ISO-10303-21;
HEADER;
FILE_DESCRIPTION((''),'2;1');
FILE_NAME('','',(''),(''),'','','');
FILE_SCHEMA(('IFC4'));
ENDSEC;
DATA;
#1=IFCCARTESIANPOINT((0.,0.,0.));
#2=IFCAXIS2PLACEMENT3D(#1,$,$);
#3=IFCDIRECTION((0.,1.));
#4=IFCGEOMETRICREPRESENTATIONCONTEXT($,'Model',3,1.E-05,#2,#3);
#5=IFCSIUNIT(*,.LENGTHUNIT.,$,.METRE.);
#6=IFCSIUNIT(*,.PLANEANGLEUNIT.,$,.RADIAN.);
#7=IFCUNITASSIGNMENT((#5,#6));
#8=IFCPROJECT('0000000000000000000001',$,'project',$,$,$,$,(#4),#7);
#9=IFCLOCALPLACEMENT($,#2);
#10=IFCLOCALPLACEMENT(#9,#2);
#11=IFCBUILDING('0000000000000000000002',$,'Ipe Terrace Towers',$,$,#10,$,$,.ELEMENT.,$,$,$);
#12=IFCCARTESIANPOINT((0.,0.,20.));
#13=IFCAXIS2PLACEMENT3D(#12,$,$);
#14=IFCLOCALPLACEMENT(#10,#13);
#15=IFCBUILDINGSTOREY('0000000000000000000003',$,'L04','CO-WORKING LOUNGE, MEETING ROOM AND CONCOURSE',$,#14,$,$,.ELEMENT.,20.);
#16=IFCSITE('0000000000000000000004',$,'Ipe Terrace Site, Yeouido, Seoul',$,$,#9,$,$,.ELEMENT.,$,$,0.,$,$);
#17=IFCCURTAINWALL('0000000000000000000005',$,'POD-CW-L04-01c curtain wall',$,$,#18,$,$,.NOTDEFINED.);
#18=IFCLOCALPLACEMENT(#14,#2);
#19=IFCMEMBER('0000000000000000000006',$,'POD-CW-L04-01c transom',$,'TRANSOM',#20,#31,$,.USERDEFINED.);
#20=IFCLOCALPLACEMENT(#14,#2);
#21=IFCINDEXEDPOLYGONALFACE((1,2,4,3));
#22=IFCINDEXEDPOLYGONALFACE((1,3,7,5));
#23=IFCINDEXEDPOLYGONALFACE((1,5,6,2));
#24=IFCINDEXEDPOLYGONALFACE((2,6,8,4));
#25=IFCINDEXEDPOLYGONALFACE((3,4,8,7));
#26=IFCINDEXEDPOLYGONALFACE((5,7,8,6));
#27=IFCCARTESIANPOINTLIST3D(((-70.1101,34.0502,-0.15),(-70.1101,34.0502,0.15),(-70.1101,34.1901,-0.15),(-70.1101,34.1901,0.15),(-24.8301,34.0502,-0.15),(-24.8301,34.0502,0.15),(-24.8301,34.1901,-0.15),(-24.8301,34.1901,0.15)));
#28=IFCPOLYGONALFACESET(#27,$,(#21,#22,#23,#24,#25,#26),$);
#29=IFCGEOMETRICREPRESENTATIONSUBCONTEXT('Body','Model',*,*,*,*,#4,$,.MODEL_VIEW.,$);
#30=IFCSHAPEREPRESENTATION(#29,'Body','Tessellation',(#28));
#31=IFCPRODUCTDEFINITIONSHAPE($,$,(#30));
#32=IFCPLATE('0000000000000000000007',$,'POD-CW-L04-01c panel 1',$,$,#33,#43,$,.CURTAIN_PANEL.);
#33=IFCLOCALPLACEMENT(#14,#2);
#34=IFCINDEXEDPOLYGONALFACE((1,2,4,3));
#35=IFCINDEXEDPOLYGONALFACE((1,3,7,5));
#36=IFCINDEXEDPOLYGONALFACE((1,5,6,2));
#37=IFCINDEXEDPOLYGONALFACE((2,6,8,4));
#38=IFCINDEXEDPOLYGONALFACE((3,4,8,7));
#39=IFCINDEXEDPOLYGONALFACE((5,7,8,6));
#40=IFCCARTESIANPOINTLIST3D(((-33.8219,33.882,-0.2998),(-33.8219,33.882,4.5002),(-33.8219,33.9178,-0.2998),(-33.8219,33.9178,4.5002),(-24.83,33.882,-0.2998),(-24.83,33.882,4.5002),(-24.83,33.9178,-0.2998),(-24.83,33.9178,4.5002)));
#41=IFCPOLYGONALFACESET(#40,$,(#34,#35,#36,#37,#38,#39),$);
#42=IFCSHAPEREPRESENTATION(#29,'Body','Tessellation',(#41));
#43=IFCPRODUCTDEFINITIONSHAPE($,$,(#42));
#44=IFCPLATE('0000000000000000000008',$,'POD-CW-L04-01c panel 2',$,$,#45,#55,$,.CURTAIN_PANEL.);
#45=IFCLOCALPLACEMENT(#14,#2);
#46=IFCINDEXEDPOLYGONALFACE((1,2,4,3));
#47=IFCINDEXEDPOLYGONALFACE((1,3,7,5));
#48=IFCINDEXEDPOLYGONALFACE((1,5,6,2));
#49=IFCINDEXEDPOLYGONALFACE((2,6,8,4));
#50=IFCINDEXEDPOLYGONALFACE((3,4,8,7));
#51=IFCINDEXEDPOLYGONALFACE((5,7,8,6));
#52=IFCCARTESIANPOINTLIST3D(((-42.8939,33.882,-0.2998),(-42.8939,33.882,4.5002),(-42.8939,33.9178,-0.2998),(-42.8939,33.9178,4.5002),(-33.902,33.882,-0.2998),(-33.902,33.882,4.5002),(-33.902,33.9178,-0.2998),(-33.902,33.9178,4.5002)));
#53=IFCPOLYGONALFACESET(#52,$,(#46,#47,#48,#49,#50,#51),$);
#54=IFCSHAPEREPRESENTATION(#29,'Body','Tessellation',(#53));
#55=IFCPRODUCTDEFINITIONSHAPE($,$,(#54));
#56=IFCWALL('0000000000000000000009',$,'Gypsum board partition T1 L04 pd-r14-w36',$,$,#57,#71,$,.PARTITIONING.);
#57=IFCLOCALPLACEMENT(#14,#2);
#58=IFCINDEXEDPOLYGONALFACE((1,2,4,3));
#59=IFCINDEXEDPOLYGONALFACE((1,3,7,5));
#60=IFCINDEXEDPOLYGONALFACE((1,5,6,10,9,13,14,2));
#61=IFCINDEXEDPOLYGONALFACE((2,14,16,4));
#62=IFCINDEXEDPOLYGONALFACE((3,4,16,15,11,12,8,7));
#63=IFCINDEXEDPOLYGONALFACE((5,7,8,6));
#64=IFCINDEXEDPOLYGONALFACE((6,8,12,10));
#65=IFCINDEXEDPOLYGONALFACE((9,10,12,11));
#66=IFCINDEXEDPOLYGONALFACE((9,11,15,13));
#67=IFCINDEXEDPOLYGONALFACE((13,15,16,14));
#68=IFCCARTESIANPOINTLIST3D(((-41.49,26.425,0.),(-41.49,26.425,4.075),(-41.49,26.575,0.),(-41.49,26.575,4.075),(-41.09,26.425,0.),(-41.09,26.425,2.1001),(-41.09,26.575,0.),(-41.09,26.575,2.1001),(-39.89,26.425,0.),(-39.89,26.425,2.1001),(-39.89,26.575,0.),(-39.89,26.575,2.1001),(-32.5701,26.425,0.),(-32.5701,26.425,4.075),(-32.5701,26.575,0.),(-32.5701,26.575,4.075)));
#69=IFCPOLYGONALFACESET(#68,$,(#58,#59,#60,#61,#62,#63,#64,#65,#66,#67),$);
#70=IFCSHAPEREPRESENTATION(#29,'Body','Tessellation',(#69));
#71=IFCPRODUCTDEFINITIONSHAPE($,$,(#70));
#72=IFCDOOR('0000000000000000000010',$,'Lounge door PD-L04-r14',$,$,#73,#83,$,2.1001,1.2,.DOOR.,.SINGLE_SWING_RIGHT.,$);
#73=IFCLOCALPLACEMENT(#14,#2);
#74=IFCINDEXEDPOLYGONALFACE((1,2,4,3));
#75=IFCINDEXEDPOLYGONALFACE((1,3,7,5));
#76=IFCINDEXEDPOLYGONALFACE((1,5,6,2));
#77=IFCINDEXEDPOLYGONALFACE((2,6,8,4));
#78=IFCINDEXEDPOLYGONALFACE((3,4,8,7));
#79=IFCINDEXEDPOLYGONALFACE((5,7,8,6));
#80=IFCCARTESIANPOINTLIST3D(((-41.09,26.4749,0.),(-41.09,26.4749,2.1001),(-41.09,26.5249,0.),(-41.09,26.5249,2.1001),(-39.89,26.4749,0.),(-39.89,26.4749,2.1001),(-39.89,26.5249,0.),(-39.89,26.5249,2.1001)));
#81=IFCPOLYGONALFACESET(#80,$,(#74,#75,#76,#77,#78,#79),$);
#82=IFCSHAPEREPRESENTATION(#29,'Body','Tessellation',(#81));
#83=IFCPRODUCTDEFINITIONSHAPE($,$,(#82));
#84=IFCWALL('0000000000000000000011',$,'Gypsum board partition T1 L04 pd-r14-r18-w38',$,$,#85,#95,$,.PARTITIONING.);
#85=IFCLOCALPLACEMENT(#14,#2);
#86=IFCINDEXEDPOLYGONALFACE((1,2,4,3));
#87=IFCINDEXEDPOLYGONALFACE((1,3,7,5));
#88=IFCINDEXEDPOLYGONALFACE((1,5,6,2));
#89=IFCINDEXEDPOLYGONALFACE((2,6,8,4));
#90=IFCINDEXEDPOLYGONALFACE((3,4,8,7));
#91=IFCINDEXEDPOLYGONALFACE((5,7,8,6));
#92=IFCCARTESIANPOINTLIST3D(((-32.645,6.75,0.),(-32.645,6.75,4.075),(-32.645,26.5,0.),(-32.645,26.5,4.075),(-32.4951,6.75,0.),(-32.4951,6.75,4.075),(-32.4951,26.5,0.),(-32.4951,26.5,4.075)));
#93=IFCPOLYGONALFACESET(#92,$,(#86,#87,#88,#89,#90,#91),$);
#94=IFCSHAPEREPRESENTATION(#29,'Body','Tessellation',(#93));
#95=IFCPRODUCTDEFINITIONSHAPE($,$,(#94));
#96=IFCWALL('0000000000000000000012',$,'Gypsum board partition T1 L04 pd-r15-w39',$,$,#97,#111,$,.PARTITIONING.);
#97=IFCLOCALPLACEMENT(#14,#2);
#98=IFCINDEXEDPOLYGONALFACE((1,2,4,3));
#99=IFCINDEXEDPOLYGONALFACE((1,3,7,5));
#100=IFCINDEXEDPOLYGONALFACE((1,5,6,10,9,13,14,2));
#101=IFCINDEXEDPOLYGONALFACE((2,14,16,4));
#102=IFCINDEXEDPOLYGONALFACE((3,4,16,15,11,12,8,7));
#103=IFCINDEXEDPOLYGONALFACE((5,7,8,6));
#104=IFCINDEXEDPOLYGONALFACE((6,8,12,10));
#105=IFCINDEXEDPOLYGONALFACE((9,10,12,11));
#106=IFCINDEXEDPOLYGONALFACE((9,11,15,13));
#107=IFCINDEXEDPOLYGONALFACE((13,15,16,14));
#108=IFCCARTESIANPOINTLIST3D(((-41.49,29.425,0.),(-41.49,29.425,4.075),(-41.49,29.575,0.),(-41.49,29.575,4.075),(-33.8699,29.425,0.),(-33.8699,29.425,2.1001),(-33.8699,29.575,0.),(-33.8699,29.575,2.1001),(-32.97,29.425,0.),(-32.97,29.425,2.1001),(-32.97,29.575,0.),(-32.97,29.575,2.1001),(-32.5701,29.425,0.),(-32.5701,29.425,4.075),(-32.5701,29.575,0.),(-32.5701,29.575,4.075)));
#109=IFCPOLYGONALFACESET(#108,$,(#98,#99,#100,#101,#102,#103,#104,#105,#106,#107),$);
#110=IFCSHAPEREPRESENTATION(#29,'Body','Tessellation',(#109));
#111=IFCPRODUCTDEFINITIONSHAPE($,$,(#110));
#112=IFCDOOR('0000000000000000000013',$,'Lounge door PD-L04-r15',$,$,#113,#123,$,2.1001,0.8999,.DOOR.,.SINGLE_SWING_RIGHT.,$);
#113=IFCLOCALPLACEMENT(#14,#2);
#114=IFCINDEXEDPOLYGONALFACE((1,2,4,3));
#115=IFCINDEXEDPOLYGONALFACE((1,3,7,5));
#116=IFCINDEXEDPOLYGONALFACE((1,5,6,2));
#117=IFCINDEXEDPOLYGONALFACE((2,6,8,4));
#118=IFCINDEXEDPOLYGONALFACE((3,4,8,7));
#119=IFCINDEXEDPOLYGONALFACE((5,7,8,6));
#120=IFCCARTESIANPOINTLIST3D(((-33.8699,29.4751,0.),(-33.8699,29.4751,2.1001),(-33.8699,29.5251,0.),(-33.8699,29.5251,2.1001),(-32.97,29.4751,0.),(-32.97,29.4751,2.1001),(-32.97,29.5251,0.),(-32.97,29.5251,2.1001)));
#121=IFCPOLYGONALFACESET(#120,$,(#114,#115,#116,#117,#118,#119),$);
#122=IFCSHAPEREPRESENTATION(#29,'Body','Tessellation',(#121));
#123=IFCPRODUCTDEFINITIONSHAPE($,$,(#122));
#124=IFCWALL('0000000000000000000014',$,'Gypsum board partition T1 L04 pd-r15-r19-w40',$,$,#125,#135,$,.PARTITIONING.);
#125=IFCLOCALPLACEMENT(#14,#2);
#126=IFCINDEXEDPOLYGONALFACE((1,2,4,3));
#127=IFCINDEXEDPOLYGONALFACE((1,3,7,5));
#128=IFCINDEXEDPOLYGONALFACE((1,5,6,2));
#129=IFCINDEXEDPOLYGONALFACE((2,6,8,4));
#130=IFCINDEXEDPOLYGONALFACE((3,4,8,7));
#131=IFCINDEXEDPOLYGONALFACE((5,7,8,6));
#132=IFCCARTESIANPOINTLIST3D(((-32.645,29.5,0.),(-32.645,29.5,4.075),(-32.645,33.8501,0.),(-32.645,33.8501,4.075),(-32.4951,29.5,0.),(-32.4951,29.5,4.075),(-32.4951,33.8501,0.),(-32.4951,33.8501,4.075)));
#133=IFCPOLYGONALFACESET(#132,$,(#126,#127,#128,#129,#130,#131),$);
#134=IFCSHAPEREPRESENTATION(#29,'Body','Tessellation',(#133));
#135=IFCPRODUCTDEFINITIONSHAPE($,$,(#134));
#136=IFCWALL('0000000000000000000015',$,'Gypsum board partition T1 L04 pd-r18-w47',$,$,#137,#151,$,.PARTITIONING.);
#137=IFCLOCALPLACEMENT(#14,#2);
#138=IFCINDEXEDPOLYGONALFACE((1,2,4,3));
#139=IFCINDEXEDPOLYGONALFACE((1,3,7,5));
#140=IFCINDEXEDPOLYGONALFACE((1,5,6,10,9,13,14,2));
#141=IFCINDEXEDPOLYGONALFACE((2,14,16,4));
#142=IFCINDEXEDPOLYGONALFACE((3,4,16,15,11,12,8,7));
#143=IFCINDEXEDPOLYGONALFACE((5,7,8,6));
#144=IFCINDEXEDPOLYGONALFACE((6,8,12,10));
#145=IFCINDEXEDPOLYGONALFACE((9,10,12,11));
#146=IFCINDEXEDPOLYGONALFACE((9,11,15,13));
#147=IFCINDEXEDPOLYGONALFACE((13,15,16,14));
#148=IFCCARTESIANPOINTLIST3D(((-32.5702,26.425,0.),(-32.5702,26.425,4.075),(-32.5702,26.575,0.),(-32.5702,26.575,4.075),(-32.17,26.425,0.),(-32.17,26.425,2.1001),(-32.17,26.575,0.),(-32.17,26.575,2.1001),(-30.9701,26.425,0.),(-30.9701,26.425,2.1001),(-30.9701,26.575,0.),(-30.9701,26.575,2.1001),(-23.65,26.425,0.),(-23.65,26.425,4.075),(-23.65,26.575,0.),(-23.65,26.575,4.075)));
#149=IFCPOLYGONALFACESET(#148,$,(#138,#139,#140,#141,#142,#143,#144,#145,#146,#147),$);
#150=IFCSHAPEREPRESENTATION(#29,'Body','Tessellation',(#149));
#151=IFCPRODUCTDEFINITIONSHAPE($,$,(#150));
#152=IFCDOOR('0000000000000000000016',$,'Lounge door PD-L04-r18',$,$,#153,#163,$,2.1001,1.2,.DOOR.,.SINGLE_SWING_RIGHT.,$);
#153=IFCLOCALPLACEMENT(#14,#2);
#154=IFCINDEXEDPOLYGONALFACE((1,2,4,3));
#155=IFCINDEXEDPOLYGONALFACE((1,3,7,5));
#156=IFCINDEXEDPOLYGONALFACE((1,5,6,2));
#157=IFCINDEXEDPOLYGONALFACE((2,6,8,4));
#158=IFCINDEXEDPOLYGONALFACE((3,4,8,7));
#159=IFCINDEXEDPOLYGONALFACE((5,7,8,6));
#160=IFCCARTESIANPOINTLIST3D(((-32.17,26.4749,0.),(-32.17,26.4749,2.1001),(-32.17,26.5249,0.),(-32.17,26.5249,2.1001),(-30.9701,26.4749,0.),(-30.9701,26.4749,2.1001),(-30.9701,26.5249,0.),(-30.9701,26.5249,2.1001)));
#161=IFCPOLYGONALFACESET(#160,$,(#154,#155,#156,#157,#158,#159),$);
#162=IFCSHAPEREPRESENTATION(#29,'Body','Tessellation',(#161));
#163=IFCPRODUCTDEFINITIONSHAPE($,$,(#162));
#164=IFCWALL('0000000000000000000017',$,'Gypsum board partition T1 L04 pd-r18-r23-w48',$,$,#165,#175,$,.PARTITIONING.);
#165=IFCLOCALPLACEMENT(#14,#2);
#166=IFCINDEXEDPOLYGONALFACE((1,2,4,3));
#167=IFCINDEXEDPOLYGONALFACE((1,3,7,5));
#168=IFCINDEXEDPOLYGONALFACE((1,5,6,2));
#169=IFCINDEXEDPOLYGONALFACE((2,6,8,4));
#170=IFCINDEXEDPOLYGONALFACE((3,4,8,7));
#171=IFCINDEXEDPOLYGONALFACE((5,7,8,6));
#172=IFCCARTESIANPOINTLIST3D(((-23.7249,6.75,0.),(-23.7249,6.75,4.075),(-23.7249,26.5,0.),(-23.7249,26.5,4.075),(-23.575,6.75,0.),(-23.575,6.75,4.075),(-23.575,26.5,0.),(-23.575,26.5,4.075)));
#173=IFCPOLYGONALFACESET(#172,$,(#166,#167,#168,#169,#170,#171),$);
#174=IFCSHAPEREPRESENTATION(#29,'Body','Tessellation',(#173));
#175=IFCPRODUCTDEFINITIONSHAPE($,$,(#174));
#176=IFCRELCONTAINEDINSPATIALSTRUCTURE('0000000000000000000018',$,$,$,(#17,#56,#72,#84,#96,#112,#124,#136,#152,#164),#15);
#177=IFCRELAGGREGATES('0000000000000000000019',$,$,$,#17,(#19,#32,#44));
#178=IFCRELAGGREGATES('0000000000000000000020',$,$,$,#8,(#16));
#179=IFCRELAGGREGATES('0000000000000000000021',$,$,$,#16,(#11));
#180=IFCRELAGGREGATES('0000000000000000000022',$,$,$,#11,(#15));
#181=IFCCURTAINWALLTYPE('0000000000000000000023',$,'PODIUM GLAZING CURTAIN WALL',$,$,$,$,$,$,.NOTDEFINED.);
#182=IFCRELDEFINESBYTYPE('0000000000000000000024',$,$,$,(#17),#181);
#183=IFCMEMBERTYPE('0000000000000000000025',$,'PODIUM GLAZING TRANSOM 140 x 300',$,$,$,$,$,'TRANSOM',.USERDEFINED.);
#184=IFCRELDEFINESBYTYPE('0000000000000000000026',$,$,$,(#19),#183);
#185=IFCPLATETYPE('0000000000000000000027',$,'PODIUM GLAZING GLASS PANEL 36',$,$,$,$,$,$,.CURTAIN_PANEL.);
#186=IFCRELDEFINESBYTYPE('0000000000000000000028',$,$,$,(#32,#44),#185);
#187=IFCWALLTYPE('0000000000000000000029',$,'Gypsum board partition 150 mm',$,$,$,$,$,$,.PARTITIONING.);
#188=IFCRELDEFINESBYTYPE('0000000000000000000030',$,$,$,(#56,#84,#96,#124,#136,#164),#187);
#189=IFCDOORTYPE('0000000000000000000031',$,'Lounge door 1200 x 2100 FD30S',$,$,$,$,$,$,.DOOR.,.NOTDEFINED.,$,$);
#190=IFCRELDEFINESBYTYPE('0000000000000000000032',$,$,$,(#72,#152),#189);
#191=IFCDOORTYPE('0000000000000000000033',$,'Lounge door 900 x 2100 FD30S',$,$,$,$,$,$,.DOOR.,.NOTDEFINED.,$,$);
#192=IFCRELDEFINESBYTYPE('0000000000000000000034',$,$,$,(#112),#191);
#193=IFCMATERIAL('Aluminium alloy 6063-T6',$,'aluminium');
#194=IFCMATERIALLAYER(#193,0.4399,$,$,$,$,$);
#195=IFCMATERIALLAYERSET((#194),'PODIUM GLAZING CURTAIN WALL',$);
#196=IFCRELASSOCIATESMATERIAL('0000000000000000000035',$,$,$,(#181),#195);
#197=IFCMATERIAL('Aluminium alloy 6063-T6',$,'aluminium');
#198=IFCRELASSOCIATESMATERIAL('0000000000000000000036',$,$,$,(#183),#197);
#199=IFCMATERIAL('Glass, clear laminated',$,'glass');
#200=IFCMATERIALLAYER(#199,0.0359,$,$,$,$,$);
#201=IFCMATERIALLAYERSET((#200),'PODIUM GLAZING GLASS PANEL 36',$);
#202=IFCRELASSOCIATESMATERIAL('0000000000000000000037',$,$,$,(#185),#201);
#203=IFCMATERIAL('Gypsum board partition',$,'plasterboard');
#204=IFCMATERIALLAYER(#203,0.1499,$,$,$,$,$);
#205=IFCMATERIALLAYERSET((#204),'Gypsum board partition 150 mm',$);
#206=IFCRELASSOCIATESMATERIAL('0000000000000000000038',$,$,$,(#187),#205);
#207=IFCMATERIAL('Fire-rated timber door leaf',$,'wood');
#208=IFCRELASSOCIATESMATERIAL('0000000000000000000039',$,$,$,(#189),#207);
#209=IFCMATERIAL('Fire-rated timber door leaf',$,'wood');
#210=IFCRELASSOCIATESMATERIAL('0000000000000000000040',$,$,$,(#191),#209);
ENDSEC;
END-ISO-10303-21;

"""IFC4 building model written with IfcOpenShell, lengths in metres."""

from ifc_helpers import new_model, si_unit, direction, frame, frame_2d, origin, origin_2d, place, context, subcontext, project, spatial, rectangle, extrude, material, layer, layer_set, material_profile, profile_set, type_object, element, fill, aggregate, save


model = new_model("IFC4")

# Units and contexts
model_context = context("Model", 3, precision=1e-05, world=origin(), true_north=direction((0.0, 1.0)))
body_context = subcontext(model_context, "Body", "Model", "MODEL_VIEW")
ifc_project = project(units=[si_unit("LENGTHUNIT", "METRE"), si_unit("PLANEANGLEUNIT", "RADIAN")], contexts=[model_context])

# Site, building, storey
site_placement = place(None, origin())
site = spatial("IfcSite", under=ifc_project, at=site_placement, Name="Ipe Terrace Site, Yeouido, Seoul", CompositionType="ELEMENT", RefElevation=0.0)
building_placement = place(site_placement, origin())
building = spatial("IfcBuilding", under=site, at=building_placement, Name="Ipe Terrace Towers", CompositionType="ELEMENT")
storey_placement = place(building_placement, frame((0.0, 0.0, 20.0)))
storey = spatial("IfcBuildingStorey", under=building, at=storey_placement, Name="L04", Description="CO-WORKING LOUNGE, MEETING ROOM AND CONCOURSE", CompositionType="ELEMENT", Elevation=20.0)

# Shared definitions
ifc_material_1 = material(Name="Aluminium alloy 6063-T6", Category="aluminium")
ifc_layer_1 = layer(ifc_material_1, 0.4399)
ifc_layer_set_1 = layer_set([ifc_layer_1], Name="PODIUM GLAZING CURTAIN WALL")
curtain_wall_type = type_object("IfcCurtainWallType", Name="PODIUM GLAZING CURTAIN WALL", PredefinedType="NOTDEFINED", material=ifc_layer_set_1)

# Curtain wall, member, plates
curtain_wall_1_placement = place(storey_placement, origin())
curtain_wall_1 = element("IfcCurtainWall", 1, at=curtain_wall_1_placement, inside=storey, type_object=curtain_wall_type, Name="POD-CW-L04-01c curtain wall", PredefinedType="NOTDEFINED")
ifc_material_2 = material(Name="Aluminium alloy 6063-T6", Category="aluminium")
ifc_material_profile_1 = material_profile(ifc_material_2, rectangle(XDim=0.1399, YDim=0.3, at=origin_2d()), Name="PODIUM GLAZING TRANSOM 140 x 300")
ifc_profile_set_1 = profile_set([ifc_material_profile_1], Name="Aluminium alloy 6063-T6")
member_type_1 = type_object("IfcMemberType", Name="PODIUM GLAZING TRANSOM 140 x 300", ElementType="TRANSOM", PredefinedType="USERDEFINED", material=ifc_profile_set_1)
member_1_placement = place(storey_placement, frame((-24.8301, 34.1201, 0.0), z_axis=(-1.0, 0.0, 0.0), x_axis=(0.0, 1.0, 0.0)))
member_1 = element("IfcMember", 2, at=member_1_placement, type_object=member_type_1, Name="POD-CW-L04-01c transom", ObjectType="TRANSOM", PredefinedType="USERDEFINED", context=body_context, shape_type="SweptSolid", body=[
    extrude(rectangle(XDim=0.1399, YDim=0.3, at=origin_2d()), origin(), (0.0, 0.0, 1.0), 45.28),
])
ifc_material_3 = material(Name="Glass, clear laminated", Category="glass")
ifc_layer_2 = layer(ifc_material_3, 0.0359)
ifc_layer_set_2 = layer_set([ifc_layer_2], Name="PODIUM GLAZING GLASS PANEL 36")
plate_type = type_object("IfcPlateType", Name="PODIUM GLAZING GLASS PANEL 36", PredefinedType="CURTAIN_PANEL", material=ifc_layer_set_2)
plate_1_placement = place(storey_placement, frame((-29.3259, 33.8999, -0.2998), z_axis=(0.0, 0.0, 1.0), x_axis=(-1.0, 0.0, 0.0)))
plate_1 = element("IfcPlate", 3, at=plate_1_placement, type_object=plate_type, Name="POD-CW-L04-01c panel 1", PredefinedType="CURTAIN_PANEL", context=body_context, shape_type="SweptSolid", body=[
    extrude(rectangle(XDim=8.9919, YDim=0.0359, at=origin_2d()), origin(), (0.0, 0.0, 1.0), 4.8),
])
plate_2_placement = place(storey_placement, frame((-38.3979, 33.8999, -0.2998), z_axis=(0.0, 0.0, 1.0), x_axis=(-1.0, 0.0, 0.0)))
plate_2 = element("IfcPlate", 4, at=plate_2_placement, type_object=plate_type, Name="POD-CW-L04-01c panel 2", PredefinedType="CURTAIN_PANEL", context=body_context, shape_type="SweptSolid", body=[
    extrude(rectangle(XDim=8.9919, YDim=0.0359, at=origin_2d()), origin(), (0.0, 0.0, 1.0), 4.8),
])
aggregate(curtain_wall_1, [member_1, plate_1, plate_2])

# Wall, opening, door
ifc_material_4 = material(Name="Gypsum board partition", Category="plasterboard")
ifc_layer_3 = layer(ifc_material_4, 0.1499)
ifc_layer_set_3 = layer_set([ifc_layer_3], Name="Gypsum board partition 150 mm")
wall_type = type_object("IfcWallType", Name="Gypsum board partition 150 mm", PredefinedType="PARTITIONING", material=ifc_layer_set_3)
wall_1_placement = place(storey_placement, frame((-41.49, 26.5, 0.0), z_axis=(0.0, 0.0, 1.0), x_axis=(1.0, 0.0, 0.0)))
wall_1 = element("IfcWall", 5, at=wall_1_placement, inside=storey, type_object=wall_type, Name="Gypsum board partition T1 L04 pd-r14-w36", PredefinedType="PARTITIONING", context=body_context, shape_type="SweptSolid", body=[
    extrude(rectangle(XDim=8.9199, YDim=0.1499, at=frame_2d((4.46, 0.0))), origin(), (0.0, 0.0, 1.0), 4.075),
])
opening_1_placement = place(wall_1_placement, frame((0.3999, 0.0, 0.0)))
opening_1 = element("IfcOpeningElement", 6, at=opening_1_placement, cuts=wall_1, PredefinedType="OPENING", context=body_context, shape_type="SweptSolid", body=[
    extrude(rectangle(XDim=1.2, YDim=2.1001, at=frame_2d((0.6001, 1.05))), frame((0.0, 0.085, 0.0), z_axis=(0.0, -1.0, 0.0), x_axis=(1.0, 0.0, 0.0)), (0.0, 0.0, 1.0), 0.1699),
])
ifc_material_5 = material(Name="Fire-rated timber door leaf", Category="wood")
door_type_1 = type_object("IfcDoorType", Name="Lounge door 1200 x 2100 FD30S", OperationType="NOTDEFINED", PredefinedType="DOOR", material=ifc_material_5)
door_1_placement = place(opening_1_placement, origin())
door_1 = element("IfcDoor", 7, at=door_1_placement, inside=storey, type_object=door_type_1, Name="Lounge door PD-L04-r14", OperationType="SINGLE_SWING_RIGHT", OverallHeight=2.1001, OverallWidth=1.2, PredefinedType="DOOR", context=body_context, shape_type="SweptSolid", body=[
    extrude(rectangle(XDim=1.2, YDim=2.1001, at=frame_2d((0.6001, 1.05))), frame((0.0, 0.0249, 0.0), z_axis=(0.0, -1.0, 0.0), x_axis=(1.0, 0.0, 0.0)), (0.0, 0.0, 1.0), 0.05),
])
fill(opening_1, door_1)

# Wall
wall_2_placement = place(storey_placement, frame((-32.5701, 26.5, 0.0), z_axis=(0.0, 0.0, 1.0), x_axis=(0.0, -1.0, 0.0)))
element("IfcWall", 8, at=wall_2_placement, inside=storey, type_object=wall_type, Name="Gypsum board partition T1 L04 pd-r14-r18-w38", PredefinedType="PARTITIONING", context=body_context, shape_type="SweptSolid", body=[
    extrude(rectangle(XDim=19.75, YDim=0.1499, at=frame_2d((9.875, 0.0))), origin(), (0.0, 0.0, 1.0), 4.075),
])

# Wall, opening, door
wall_3_placement = place(storey_placement, frame((-32.5701, 29.5, 0.0), z_axis=(0.0, 0.0, 1.0), x_axis=(-1.0, 0.0, 0.0)))
wall_3 = element("IfcWall", 9, at=wall_3_placement, inside=storey, type_object=wall_type, Name="Gypsum board partition T1 L04 pd-r15-w39", PredefinedType="PARTITIONING", context=body_context, shape_type="SweptSolid", body=[
    extrude(rectangle(XDim=8.9199, YDim=0.1499, at=frame_2d((4.46, 0.0))), origin(), (0.0, 0.0, 1.0), 4.075),
])
opening_2_placement = place(wall_3_placement, frame((0.3999, 0.0, 0.0)))
opening_2 = element("IfcOpeningElement", 10, at=opening_2_placement, cuts=wall_3, PredefinedType="OPENING", context=body_context, shape_type="SweptSolid", body=[
    extrude(rectangle(XDim=0.8999, YDim=2.1001, at=frame_2d((0.45, 1.05))), frame((0.0, 0.085, 0.0), z_axis=(0.0, -1.0, 0.0), x_axis=(1.0, 0.0, 0.0)), (0.0, 0.0, 1.0), 0.1699),
])
ifc_material_6 = material(Name="Fire-rated timber door leaf", Category="wood")
door_type_2 = type_object("IfcDoorType", Name="Lounge door 900 x 2100 FD30S", OperationType="NOTDEFINED", PredefinedType="DOOR", material=ifc_material_6)
door_2_placement = place(opening_2_placement, origin())
door_2 = element("IfcDoor", 11, at=door_2_placement, inside=storey, type_object=door_type_2, Name="Lounge door PD-L04-r15", OperationType="SINGLE_SWING_RIGHT", OverallHeight=2.1001, OverallWidth=0.8999, PredefinedType="DOOR", context=body_context, shape_type="SweptSolid", body=[
    extrude(rectangle(XDim=0.8999, YDim=2.1001, at=frame_2d((0.45, 1.05))), frame((0.0, 0.0249, 0.0), z_axis=(0.0, -1.0, 0.0), x_axis=(1.0, 0.0, 0.0)), (0.0, 0.0, 1.0), 0.05),
])
fill(opening_2, door_2)

# Wall
wall_4_placement = place(storey_placement, frame((-32.5701, 33.8501, 0.0), z_axis=(0.0, 0.0, 1.0), x_axis=(0.0, -1.0, 0.0)))
element("IfcWall", 12, at=wall_4_placement, inside=storey, type_object=wall_type, Name="Gypsum board partition T1 L04 pd-r15-r19-w40", PredefinedType="PARTITIONING", context=body_context, shape_type="SweptSolid", body=[
    extrude(rectangle(XDim=4.3501, YDim=0.1499, at=frame_2d((2.175, 0.0))), origin(), (0.0, 0.0, 1.0), 4.075),
])

# Wall, opening, door
wall_5_placement = place(storey_placement, frame((-32.5701, 26.5, 0.0), z_axis=(0.0, 0.0, 1.0), x_axis=(1.0, 0.0, 0.0)))
wall_5 = element("IfcWall", 13, at=wall_5_placement, inside=storey, type_object=wall_type, Name="Gypsum board partition T1 L04 pd-r18-w47", PredefinedType="PARTITIONING", context=body_context, shape_type="SweptSolid", body=[
    extrude(rectangle(XDim=8.9202, YDim=0.1499, at=frame_2d((4.46, 0.0))), origin(), (0.0, 0.0, 1.0), 4.075),
])
opening_3_placement = place(wall_5_placement, frame((0.3999, 0.0, 0.0)))
opening_3 = element("IfcOpeningElement", 14, at=opening_3_placement, cuts=wall_5, PredefinedType="OPENING", context=body_context, shape_type="SweptSolid", body=[
    extrude(rectangle(XDim=1.2, YDim=2.1001, at=frame_2d((0.6001, 1.05))), frame((0.0, 0.085, 0.0), z_axis=(0.0, -1.0, 0.0), x_axis=(1.0, 0.0, 0.0)), (0.0, 0.0, 1.0), 0.1699),
])
door_3_placement = place(opening_3_placement, origin())
door_3 = element("IfcDoor", 15, at=door_3_placement, inside=storey, type_object=door_type_1, Name="Lounge door PD-L04-r18", OperationType="SINGLE_SWING_RIGHT", OverallHeight=2.1001, OverallWidth=1.2, PredefinedType="DOOR", context=body_context, shape_type="SweptSolid", body=[
    extrude(rectangle(XDim=1.2, YDim=2.1001, at=frame_2d((0.6001, 1.05))), frame((0.0, 0.0249, 0.0), z_axis=(0.0, -1.0, 0.0), x_axis=(1.0, 0.0, 0.0)), (0.0, 0.0, 1.0), 0.05),
])
fill(opening_3, door_3)

# Wall
wall_6_placement = place(storey_placement, frame((-23.6499, 26.5, 0.0), z_axis=(0.0, 0.0, 1.0), x_axis=(0.0, -1.0, 0.0)))
element("IfcWall", 16, at=wall_6_placement, inside=storey, type_object=wall_type, Name="Gypsum board partition T1 L04 pd-r18-r23-w48", PredefinedType="PARTITIONING", context=body_context, shape_type="SweptSolid", body=[
    extrude(rectangle(XDim=19.75, YDim=0.1499, at=frame_2d((9.875, 0.0))), origin(), (0.0, 0.0, 1.0), 4.075),
])

save(model, "model.ifc")
